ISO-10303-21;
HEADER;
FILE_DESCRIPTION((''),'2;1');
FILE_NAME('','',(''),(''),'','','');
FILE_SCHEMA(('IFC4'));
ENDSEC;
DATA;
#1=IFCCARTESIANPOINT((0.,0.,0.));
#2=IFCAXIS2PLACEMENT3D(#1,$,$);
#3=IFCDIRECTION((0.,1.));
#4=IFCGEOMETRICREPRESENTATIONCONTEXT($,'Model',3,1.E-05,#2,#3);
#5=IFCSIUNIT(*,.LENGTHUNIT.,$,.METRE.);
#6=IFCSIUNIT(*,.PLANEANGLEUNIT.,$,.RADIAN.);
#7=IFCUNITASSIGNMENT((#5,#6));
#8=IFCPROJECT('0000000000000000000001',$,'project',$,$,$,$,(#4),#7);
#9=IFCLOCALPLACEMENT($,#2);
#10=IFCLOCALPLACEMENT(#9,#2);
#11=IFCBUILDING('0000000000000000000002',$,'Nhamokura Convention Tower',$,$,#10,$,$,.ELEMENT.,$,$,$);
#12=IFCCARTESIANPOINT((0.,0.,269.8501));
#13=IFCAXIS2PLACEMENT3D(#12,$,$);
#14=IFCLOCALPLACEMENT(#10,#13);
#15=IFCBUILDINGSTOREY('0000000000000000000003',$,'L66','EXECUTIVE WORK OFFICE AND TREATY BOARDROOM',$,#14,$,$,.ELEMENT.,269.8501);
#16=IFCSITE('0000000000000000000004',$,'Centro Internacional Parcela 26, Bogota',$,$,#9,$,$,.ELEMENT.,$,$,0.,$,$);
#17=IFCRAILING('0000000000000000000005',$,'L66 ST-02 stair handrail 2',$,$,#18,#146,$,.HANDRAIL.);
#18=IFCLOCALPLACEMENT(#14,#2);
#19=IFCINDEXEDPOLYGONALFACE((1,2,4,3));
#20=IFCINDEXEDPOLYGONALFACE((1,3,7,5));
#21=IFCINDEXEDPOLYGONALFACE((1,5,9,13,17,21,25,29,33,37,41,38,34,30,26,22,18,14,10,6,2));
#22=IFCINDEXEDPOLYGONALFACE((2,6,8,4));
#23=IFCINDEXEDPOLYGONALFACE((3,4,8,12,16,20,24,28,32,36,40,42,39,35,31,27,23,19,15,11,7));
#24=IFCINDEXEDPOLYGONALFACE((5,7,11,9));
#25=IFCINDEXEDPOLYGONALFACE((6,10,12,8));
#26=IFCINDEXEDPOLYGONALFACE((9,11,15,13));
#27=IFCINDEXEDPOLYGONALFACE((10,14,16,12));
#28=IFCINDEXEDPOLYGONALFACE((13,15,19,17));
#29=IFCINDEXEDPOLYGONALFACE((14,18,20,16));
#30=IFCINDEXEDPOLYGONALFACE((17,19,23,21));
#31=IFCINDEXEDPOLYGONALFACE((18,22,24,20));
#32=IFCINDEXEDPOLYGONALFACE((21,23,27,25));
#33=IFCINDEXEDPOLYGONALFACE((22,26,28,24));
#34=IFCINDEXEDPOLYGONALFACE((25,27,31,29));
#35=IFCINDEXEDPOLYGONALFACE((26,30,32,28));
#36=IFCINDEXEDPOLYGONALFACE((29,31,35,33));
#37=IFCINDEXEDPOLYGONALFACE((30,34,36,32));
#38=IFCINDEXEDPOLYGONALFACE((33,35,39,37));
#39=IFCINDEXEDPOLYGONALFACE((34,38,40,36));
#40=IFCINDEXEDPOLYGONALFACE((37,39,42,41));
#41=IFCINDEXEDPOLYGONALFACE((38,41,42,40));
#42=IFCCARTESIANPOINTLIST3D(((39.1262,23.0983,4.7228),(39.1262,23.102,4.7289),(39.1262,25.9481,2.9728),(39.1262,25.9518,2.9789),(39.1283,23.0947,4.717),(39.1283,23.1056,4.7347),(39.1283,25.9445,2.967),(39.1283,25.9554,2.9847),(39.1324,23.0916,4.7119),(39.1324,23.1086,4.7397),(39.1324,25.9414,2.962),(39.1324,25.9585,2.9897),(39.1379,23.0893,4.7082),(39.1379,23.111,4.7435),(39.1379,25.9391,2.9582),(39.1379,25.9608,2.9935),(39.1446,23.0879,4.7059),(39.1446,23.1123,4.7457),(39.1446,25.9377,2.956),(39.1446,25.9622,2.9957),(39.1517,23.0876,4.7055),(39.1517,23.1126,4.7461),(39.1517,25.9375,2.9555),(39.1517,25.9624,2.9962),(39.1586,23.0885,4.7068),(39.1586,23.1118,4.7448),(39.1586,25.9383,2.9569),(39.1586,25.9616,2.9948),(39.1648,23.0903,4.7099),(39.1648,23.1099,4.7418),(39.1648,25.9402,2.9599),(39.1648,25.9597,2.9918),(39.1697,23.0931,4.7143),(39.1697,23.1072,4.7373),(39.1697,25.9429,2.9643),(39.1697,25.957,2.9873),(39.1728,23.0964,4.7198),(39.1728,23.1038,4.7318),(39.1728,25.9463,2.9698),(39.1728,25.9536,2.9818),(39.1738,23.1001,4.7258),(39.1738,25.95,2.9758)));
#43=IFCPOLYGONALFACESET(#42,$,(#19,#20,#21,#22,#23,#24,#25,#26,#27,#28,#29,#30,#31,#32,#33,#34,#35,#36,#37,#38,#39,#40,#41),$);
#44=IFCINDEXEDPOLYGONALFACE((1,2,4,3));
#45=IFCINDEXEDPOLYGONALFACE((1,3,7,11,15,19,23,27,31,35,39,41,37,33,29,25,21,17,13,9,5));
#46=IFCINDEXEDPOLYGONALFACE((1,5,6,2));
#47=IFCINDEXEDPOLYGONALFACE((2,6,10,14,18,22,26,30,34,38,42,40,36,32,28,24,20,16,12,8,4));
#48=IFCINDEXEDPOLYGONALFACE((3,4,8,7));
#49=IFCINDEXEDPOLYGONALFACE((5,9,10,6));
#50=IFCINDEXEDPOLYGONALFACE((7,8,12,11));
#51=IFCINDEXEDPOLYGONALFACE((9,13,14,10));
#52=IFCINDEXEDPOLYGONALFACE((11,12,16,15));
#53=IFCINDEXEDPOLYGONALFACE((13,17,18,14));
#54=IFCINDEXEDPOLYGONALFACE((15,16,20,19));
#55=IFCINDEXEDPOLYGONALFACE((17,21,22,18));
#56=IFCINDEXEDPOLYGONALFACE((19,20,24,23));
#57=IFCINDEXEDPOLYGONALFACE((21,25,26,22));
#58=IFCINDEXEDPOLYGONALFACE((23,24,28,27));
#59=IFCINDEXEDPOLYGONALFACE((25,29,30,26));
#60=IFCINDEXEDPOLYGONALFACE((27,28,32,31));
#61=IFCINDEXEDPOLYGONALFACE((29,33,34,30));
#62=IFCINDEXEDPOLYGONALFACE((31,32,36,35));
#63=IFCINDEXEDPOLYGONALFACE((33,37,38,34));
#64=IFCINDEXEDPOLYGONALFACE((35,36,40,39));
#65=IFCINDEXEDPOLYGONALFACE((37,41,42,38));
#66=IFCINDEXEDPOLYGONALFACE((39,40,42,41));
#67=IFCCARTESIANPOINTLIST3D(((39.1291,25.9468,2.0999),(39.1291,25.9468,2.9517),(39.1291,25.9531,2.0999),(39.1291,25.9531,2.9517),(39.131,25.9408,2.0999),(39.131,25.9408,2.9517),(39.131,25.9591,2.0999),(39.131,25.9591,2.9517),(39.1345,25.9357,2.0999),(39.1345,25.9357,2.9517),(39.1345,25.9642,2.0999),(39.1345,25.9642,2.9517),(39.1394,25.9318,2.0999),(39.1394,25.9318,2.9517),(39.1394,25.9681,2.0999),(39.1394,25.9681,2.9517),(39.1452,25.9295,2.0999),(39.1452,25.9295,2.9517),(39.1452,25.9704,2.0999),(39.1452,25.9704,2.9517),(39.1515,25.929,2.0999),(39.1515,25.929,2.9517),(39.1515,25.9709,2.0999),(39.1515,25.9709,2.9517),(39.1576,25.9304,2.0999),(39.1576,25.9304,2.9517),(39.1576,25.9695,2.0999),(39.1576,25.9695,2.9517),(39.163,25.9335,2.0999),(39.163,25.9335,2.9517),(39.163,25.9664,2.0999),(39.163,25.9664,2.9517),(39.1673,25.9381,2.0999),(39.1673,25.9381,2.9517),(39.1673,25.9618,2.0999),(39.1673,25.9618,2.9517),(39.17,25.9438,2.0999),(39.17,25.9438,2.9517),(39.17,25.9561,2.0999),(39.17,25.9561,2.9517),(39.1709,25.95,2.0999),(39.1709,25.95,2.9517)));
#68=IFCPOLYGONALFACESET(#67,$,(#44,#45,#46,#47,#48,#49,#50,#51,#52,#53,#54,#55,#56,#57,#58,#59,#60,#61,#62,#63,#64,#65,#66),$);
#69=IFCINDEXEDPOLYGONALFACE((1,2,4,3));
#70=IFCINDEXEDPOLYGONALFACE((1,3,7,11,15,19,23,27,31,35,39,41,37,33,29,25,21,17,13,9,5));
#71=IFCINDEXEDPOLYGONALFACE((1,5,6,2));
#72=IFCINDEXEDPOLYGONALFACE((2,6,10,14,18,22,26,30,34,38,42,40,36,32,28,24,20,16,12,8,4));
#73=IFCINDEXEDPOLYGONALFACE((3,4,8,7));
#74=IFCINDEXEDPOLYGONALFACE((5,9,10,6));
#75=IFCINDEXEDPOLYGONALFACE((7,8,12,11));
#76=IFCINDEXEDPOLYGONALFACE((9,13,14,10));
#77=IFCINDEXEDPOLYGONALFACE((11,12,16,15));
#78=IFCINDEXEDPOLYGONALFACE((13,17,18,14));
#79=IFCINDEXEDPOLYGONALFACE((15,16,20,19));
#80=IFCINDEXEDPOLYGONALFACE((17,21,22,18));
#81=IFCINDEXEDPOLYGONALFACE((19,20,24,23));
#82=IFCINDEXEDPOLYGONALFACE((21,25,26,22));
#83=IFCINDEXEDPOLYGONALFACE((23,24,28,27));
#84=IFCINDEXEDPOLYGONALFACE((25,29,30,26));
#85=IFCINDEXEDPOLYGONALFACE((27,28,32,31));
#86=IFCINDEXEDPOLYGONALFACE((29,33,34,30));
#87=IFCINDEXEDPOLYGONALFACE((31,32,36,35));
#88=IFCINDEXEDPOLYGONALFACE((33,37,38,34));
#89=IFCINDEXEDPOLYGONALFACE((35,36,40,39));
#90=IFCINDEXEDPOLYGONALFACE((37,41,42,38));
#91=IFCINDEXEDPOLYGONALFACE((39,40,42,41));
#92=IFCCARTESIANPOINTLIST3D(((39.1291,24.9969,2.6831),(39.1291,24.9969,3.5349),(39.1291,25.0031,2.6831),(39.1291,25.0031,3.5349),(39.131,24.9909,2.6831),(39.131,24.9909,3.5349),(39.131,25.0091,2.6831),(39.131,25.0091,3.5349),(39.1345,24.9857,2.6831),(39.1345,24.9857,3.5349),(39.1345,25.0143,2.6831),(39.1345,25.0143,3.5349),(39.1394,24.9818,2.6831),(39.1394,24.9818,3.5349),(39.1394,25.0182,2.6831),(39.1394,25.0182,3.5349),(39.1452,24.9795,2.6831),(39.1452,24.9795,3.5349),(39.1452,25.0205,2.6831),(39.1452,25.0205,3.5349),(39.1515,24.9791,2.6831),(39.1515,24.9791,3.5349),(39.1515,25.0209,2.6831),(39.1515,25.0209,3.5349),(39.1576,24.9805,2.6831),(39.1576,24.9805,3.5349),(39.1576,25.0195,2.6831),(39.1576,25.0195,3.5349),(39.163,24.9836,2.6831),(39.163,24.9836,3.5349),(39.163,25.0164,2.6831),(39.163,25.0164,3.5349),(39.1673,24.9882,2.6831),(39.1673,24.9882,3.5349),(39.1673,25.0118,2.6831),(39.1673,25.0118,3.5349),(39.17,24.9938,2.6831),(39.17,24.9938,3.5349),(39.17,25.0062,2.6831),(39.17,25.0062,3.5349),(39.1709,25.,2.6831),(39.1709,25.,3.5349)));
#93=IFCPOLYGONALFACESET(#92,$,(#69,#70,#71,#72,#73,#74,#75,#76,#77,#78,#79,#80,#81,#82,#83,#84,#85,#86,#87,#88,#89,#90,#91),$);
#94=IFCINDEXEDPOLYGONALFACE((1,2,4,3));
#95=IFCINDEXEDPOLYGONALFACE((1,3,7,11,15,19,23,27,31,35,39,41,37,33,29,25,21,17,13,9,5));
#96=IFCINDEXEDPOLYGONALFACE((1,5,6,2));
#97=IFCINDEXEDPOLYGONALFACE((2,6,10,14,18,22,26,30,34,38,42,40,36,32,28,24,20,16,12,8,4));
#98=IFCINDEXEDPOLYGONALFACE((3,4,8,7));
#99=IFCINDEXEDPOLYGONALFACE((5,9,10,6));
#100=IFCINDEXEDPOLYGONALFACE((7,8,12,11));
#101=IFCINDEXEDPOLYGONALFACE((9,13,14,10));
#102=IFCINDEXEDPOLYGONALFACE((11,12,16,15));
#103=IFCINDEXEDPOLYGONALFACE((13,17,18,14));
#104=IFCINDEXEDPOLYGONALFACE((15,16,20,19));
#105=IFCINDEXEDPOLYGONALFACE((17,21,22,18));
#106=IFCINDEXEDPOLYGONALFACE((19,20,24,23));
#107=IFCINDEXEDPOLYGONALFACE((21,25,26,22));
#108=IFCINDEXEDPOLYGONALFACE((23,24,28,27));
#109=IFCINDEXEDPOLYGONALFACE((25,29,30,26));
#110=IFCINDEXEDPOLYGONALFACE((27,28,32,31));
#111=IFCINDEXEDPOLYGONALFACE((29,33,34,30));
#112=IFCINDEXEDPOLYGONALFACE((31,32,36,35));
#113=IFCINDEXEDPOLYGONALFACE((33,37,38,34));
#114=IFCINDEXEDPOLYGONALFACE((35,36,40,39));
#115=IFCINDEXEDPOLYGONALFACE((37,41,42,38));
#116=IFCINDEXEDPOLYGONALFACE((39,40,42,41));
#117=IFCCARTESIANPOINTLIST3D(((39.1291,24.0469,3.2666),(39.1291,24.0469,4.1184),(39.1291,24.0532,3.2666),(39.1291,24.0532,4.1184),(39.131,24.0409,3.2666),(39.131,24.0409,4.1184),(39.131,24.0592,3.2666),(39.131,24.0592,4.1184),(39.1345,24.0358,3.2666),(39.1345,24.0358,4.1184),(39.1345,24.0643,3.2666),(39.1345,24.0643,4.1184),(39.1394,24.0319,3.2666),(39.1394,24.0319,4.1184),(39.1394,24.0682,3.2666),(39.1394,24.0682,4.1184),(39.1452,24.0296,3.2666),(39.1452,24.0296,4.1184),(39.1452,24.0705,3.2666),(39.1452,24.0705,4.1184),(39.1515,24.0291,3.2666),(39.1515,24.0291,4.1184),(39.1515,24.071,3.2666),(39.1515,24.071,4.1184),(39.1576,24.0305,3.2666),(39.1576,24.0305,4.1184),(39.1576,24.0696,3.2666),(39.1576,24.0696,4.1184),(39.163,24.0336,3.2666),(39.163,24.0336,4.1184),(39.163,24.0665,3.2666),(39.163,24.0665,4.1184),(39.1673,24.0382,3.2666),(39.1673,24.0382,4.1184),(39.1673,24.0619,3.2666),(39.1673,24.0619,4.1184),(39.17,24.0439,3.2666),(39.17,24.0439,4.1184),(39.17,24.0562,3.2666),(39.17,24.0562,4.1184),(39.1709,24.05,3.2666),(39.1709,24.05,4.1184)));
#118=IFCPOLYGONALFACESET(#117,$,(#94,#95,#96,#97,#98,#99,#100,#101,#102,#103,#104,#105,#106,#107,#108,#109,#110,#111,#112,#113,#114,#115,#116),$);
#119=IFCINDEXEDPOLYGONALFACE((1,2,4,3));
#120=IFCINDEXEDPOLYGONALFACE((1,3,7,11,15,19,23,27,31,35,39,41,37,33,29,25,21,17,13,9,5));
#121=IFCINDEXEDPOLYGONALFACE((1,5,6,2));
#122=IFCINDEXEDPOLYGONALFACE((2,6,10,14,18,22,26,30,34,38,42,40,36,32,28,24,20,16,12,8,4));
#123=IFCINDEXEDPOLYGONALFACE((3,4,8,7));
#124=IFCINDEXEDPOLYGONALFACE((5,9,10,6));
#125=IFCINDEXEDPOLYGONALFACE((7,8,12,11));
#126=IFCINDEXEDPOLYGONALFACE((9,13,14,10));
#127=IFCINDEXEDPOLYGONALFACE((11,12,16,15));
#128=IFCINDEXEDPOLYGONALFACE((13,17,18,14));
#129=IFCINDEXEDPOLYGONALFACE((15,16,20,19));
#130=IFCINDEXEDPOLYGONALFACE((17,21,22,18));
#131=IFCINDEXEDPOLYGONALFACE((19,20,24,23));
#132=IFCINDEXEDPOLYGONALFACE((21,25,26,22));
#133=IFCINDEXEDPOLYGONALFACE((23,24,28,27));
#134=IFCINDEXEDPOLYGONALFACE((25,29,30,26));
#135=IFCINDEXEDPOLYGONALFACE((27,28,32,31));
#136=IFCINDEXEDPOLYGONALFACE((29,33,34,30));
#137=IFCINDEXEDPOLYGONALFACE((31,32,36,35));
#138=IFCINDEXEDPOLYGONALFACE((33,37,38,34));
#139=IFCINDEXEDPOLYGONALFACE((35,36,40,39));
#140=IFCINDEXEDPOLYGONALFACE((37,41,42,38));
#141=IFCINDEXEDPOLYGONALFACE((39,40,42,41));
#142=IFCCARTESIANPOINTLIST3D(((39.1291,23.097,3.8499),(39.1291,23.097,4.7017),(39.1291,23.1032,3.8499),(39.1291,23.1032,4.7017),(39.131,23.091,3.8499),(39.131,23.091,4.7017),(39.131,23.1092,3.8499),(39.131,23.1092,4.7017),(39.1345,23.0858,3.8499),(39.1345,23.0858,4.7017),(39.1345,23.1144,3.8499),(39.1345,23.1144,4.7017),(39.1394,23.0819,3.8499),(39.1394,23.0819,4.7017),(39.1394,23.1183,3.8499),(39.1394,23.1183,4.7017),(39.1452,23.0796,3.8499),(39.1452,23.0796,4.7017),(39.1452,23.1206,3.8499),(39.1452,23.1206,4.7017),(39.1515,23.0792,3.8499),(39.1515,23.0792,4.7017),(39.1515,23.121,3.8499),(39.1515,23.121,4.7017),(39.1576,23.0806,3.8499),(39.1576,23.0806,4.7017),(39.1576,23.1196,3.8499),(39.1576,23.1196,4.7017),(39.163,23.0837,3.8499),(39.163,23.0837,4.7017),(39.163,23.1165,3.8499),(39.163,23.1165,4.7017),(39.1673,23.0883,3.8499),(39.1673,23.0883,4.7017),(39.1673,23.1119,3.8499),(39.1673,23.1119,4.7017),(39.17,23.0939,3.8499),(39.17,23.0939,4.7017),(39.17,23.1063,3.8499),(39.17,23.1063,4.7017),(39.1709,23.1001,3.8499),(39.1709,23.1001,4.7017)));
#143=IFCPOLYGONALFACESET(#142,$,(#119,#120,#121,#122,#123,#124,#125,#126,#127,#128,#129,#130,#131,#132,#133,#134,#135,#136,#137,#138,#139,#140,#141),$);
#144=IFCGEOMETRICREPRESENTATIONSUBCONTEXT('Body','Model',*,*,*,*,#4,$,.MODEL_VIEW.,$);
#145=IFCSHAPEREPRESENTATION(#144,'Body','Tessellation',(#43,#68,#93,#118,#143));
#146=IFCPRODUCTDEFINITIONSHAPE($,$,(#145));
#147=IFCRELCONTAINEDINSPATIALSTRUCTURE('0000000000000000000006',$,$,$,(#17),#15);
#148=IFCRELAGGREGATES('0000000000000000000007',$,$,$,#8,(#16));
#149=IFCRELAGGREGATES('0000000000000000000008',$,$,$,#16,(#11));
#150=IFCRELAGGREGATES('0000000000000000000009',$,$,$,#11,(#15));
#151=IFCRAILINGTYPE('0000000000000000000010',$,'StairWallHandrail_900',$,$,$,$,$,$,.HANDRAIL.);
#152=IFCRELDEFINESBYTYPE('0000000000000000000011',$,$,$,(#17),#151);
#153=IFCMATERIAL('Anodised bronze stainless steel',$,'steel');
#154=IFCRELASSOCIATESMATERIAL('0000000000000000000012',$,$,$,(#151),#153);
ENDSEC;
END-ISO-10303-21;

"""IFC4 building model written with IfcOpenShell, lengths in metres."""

from ifc_helpers import new_model, si_unit, direction, frame, origin, origin_2d, place, context, subcontext, project, spatial, circle, extrude, material, type_object, element, save


model = new_model("IFC4")

# Units and contexts
model_context = context("Model", 3, precision=1e-05, world=origin(), true_north=direction((0.0, 1.0)))
body_context = subcontext(model_context, "Body", "Model", "MODEL_VIEW")
ifc_project = project(units=[si_unit("LENGTHUNIT", "METRE"), si_unit("PLANEANGLEUNIT", "RADIAN")], contexts=[model_context])

# Site, building, storey
site_placement = place(None, origin())
site = spatial("IfcSite", under=ifc_project, at=site_placement, Name="Centro Internacional Parcela 26, Bogota", CompositionType="ELEMENT", RefElevation=0.0)
building_placement = place(site_placement, origin())
building = spatial("IfcBuilding", under=site, at=building_placement, Name="Nhamokura Convention Tower", CompositionType="ELEMENT")
storey_placement = place(building_placement, frame((0.0, 0.0, 269.8501)))
storey = spatial("IfcBuildingStorey", under=building, at=storey_placement, Name="L66", Description="EXECUTIVE WORK OFFICE AND TREATY BOARDROOM", CompositionType="ELEMENT", Elevation=269.8501)

# Railing
ifc_material_1 = material(Name="Anodised bronze stainless steel", Category="steel")
railing_type_1 = type_object("IfcRailingType", Name="StairWallHandrail_900", PredefinedType="HANDRAIL", material=ifc_material_1)
railing_1_placement = place(storey_placement, frame((39.1499, 25.95, 2.0999)))
element("IfcRailing", 1, at=railing_1_placement, inside=storey, type_object=railing_type_1, Name="L66 ST-02 stair handrail 2", PredefinedType="HANDRAIL", context=body_context, shape_type="SweptSolid", body=[
    extrude(circle(Radius=0.0239, at=origin_2d()), frame((0.0, 0.0, 0.876), z_axis=(0.0, -0.852159, 0.523283), x_axis=(1.0, 0.0, 0.0)), (0.0, 0.0, 1.0), 3.3442),
    extrude(circle(Radius=0.021, at=origin_2d()), origin(), (0.0, 0.0, 1.0), 0.8518),
    extrude(circle(Radius=0.021, at=origin_2d()), frame((0.0, -0.95, 0.5833)), (0.0, 0.0, 1.0), 0.8518),
    extrude(circle(Radius=0.021, at=origin_2d()), frame((0.0, -1.8999, 1.1667)), (0.0, 0.0, 1.0), 0.8518),
    extrude(circle(Radius=0.021, at=origin_2d()), frame((0.0, -2.8499, 1.75)), (0.0, 0.0, 1.0), 0.8518),
])

save(model, "model.ifc")
